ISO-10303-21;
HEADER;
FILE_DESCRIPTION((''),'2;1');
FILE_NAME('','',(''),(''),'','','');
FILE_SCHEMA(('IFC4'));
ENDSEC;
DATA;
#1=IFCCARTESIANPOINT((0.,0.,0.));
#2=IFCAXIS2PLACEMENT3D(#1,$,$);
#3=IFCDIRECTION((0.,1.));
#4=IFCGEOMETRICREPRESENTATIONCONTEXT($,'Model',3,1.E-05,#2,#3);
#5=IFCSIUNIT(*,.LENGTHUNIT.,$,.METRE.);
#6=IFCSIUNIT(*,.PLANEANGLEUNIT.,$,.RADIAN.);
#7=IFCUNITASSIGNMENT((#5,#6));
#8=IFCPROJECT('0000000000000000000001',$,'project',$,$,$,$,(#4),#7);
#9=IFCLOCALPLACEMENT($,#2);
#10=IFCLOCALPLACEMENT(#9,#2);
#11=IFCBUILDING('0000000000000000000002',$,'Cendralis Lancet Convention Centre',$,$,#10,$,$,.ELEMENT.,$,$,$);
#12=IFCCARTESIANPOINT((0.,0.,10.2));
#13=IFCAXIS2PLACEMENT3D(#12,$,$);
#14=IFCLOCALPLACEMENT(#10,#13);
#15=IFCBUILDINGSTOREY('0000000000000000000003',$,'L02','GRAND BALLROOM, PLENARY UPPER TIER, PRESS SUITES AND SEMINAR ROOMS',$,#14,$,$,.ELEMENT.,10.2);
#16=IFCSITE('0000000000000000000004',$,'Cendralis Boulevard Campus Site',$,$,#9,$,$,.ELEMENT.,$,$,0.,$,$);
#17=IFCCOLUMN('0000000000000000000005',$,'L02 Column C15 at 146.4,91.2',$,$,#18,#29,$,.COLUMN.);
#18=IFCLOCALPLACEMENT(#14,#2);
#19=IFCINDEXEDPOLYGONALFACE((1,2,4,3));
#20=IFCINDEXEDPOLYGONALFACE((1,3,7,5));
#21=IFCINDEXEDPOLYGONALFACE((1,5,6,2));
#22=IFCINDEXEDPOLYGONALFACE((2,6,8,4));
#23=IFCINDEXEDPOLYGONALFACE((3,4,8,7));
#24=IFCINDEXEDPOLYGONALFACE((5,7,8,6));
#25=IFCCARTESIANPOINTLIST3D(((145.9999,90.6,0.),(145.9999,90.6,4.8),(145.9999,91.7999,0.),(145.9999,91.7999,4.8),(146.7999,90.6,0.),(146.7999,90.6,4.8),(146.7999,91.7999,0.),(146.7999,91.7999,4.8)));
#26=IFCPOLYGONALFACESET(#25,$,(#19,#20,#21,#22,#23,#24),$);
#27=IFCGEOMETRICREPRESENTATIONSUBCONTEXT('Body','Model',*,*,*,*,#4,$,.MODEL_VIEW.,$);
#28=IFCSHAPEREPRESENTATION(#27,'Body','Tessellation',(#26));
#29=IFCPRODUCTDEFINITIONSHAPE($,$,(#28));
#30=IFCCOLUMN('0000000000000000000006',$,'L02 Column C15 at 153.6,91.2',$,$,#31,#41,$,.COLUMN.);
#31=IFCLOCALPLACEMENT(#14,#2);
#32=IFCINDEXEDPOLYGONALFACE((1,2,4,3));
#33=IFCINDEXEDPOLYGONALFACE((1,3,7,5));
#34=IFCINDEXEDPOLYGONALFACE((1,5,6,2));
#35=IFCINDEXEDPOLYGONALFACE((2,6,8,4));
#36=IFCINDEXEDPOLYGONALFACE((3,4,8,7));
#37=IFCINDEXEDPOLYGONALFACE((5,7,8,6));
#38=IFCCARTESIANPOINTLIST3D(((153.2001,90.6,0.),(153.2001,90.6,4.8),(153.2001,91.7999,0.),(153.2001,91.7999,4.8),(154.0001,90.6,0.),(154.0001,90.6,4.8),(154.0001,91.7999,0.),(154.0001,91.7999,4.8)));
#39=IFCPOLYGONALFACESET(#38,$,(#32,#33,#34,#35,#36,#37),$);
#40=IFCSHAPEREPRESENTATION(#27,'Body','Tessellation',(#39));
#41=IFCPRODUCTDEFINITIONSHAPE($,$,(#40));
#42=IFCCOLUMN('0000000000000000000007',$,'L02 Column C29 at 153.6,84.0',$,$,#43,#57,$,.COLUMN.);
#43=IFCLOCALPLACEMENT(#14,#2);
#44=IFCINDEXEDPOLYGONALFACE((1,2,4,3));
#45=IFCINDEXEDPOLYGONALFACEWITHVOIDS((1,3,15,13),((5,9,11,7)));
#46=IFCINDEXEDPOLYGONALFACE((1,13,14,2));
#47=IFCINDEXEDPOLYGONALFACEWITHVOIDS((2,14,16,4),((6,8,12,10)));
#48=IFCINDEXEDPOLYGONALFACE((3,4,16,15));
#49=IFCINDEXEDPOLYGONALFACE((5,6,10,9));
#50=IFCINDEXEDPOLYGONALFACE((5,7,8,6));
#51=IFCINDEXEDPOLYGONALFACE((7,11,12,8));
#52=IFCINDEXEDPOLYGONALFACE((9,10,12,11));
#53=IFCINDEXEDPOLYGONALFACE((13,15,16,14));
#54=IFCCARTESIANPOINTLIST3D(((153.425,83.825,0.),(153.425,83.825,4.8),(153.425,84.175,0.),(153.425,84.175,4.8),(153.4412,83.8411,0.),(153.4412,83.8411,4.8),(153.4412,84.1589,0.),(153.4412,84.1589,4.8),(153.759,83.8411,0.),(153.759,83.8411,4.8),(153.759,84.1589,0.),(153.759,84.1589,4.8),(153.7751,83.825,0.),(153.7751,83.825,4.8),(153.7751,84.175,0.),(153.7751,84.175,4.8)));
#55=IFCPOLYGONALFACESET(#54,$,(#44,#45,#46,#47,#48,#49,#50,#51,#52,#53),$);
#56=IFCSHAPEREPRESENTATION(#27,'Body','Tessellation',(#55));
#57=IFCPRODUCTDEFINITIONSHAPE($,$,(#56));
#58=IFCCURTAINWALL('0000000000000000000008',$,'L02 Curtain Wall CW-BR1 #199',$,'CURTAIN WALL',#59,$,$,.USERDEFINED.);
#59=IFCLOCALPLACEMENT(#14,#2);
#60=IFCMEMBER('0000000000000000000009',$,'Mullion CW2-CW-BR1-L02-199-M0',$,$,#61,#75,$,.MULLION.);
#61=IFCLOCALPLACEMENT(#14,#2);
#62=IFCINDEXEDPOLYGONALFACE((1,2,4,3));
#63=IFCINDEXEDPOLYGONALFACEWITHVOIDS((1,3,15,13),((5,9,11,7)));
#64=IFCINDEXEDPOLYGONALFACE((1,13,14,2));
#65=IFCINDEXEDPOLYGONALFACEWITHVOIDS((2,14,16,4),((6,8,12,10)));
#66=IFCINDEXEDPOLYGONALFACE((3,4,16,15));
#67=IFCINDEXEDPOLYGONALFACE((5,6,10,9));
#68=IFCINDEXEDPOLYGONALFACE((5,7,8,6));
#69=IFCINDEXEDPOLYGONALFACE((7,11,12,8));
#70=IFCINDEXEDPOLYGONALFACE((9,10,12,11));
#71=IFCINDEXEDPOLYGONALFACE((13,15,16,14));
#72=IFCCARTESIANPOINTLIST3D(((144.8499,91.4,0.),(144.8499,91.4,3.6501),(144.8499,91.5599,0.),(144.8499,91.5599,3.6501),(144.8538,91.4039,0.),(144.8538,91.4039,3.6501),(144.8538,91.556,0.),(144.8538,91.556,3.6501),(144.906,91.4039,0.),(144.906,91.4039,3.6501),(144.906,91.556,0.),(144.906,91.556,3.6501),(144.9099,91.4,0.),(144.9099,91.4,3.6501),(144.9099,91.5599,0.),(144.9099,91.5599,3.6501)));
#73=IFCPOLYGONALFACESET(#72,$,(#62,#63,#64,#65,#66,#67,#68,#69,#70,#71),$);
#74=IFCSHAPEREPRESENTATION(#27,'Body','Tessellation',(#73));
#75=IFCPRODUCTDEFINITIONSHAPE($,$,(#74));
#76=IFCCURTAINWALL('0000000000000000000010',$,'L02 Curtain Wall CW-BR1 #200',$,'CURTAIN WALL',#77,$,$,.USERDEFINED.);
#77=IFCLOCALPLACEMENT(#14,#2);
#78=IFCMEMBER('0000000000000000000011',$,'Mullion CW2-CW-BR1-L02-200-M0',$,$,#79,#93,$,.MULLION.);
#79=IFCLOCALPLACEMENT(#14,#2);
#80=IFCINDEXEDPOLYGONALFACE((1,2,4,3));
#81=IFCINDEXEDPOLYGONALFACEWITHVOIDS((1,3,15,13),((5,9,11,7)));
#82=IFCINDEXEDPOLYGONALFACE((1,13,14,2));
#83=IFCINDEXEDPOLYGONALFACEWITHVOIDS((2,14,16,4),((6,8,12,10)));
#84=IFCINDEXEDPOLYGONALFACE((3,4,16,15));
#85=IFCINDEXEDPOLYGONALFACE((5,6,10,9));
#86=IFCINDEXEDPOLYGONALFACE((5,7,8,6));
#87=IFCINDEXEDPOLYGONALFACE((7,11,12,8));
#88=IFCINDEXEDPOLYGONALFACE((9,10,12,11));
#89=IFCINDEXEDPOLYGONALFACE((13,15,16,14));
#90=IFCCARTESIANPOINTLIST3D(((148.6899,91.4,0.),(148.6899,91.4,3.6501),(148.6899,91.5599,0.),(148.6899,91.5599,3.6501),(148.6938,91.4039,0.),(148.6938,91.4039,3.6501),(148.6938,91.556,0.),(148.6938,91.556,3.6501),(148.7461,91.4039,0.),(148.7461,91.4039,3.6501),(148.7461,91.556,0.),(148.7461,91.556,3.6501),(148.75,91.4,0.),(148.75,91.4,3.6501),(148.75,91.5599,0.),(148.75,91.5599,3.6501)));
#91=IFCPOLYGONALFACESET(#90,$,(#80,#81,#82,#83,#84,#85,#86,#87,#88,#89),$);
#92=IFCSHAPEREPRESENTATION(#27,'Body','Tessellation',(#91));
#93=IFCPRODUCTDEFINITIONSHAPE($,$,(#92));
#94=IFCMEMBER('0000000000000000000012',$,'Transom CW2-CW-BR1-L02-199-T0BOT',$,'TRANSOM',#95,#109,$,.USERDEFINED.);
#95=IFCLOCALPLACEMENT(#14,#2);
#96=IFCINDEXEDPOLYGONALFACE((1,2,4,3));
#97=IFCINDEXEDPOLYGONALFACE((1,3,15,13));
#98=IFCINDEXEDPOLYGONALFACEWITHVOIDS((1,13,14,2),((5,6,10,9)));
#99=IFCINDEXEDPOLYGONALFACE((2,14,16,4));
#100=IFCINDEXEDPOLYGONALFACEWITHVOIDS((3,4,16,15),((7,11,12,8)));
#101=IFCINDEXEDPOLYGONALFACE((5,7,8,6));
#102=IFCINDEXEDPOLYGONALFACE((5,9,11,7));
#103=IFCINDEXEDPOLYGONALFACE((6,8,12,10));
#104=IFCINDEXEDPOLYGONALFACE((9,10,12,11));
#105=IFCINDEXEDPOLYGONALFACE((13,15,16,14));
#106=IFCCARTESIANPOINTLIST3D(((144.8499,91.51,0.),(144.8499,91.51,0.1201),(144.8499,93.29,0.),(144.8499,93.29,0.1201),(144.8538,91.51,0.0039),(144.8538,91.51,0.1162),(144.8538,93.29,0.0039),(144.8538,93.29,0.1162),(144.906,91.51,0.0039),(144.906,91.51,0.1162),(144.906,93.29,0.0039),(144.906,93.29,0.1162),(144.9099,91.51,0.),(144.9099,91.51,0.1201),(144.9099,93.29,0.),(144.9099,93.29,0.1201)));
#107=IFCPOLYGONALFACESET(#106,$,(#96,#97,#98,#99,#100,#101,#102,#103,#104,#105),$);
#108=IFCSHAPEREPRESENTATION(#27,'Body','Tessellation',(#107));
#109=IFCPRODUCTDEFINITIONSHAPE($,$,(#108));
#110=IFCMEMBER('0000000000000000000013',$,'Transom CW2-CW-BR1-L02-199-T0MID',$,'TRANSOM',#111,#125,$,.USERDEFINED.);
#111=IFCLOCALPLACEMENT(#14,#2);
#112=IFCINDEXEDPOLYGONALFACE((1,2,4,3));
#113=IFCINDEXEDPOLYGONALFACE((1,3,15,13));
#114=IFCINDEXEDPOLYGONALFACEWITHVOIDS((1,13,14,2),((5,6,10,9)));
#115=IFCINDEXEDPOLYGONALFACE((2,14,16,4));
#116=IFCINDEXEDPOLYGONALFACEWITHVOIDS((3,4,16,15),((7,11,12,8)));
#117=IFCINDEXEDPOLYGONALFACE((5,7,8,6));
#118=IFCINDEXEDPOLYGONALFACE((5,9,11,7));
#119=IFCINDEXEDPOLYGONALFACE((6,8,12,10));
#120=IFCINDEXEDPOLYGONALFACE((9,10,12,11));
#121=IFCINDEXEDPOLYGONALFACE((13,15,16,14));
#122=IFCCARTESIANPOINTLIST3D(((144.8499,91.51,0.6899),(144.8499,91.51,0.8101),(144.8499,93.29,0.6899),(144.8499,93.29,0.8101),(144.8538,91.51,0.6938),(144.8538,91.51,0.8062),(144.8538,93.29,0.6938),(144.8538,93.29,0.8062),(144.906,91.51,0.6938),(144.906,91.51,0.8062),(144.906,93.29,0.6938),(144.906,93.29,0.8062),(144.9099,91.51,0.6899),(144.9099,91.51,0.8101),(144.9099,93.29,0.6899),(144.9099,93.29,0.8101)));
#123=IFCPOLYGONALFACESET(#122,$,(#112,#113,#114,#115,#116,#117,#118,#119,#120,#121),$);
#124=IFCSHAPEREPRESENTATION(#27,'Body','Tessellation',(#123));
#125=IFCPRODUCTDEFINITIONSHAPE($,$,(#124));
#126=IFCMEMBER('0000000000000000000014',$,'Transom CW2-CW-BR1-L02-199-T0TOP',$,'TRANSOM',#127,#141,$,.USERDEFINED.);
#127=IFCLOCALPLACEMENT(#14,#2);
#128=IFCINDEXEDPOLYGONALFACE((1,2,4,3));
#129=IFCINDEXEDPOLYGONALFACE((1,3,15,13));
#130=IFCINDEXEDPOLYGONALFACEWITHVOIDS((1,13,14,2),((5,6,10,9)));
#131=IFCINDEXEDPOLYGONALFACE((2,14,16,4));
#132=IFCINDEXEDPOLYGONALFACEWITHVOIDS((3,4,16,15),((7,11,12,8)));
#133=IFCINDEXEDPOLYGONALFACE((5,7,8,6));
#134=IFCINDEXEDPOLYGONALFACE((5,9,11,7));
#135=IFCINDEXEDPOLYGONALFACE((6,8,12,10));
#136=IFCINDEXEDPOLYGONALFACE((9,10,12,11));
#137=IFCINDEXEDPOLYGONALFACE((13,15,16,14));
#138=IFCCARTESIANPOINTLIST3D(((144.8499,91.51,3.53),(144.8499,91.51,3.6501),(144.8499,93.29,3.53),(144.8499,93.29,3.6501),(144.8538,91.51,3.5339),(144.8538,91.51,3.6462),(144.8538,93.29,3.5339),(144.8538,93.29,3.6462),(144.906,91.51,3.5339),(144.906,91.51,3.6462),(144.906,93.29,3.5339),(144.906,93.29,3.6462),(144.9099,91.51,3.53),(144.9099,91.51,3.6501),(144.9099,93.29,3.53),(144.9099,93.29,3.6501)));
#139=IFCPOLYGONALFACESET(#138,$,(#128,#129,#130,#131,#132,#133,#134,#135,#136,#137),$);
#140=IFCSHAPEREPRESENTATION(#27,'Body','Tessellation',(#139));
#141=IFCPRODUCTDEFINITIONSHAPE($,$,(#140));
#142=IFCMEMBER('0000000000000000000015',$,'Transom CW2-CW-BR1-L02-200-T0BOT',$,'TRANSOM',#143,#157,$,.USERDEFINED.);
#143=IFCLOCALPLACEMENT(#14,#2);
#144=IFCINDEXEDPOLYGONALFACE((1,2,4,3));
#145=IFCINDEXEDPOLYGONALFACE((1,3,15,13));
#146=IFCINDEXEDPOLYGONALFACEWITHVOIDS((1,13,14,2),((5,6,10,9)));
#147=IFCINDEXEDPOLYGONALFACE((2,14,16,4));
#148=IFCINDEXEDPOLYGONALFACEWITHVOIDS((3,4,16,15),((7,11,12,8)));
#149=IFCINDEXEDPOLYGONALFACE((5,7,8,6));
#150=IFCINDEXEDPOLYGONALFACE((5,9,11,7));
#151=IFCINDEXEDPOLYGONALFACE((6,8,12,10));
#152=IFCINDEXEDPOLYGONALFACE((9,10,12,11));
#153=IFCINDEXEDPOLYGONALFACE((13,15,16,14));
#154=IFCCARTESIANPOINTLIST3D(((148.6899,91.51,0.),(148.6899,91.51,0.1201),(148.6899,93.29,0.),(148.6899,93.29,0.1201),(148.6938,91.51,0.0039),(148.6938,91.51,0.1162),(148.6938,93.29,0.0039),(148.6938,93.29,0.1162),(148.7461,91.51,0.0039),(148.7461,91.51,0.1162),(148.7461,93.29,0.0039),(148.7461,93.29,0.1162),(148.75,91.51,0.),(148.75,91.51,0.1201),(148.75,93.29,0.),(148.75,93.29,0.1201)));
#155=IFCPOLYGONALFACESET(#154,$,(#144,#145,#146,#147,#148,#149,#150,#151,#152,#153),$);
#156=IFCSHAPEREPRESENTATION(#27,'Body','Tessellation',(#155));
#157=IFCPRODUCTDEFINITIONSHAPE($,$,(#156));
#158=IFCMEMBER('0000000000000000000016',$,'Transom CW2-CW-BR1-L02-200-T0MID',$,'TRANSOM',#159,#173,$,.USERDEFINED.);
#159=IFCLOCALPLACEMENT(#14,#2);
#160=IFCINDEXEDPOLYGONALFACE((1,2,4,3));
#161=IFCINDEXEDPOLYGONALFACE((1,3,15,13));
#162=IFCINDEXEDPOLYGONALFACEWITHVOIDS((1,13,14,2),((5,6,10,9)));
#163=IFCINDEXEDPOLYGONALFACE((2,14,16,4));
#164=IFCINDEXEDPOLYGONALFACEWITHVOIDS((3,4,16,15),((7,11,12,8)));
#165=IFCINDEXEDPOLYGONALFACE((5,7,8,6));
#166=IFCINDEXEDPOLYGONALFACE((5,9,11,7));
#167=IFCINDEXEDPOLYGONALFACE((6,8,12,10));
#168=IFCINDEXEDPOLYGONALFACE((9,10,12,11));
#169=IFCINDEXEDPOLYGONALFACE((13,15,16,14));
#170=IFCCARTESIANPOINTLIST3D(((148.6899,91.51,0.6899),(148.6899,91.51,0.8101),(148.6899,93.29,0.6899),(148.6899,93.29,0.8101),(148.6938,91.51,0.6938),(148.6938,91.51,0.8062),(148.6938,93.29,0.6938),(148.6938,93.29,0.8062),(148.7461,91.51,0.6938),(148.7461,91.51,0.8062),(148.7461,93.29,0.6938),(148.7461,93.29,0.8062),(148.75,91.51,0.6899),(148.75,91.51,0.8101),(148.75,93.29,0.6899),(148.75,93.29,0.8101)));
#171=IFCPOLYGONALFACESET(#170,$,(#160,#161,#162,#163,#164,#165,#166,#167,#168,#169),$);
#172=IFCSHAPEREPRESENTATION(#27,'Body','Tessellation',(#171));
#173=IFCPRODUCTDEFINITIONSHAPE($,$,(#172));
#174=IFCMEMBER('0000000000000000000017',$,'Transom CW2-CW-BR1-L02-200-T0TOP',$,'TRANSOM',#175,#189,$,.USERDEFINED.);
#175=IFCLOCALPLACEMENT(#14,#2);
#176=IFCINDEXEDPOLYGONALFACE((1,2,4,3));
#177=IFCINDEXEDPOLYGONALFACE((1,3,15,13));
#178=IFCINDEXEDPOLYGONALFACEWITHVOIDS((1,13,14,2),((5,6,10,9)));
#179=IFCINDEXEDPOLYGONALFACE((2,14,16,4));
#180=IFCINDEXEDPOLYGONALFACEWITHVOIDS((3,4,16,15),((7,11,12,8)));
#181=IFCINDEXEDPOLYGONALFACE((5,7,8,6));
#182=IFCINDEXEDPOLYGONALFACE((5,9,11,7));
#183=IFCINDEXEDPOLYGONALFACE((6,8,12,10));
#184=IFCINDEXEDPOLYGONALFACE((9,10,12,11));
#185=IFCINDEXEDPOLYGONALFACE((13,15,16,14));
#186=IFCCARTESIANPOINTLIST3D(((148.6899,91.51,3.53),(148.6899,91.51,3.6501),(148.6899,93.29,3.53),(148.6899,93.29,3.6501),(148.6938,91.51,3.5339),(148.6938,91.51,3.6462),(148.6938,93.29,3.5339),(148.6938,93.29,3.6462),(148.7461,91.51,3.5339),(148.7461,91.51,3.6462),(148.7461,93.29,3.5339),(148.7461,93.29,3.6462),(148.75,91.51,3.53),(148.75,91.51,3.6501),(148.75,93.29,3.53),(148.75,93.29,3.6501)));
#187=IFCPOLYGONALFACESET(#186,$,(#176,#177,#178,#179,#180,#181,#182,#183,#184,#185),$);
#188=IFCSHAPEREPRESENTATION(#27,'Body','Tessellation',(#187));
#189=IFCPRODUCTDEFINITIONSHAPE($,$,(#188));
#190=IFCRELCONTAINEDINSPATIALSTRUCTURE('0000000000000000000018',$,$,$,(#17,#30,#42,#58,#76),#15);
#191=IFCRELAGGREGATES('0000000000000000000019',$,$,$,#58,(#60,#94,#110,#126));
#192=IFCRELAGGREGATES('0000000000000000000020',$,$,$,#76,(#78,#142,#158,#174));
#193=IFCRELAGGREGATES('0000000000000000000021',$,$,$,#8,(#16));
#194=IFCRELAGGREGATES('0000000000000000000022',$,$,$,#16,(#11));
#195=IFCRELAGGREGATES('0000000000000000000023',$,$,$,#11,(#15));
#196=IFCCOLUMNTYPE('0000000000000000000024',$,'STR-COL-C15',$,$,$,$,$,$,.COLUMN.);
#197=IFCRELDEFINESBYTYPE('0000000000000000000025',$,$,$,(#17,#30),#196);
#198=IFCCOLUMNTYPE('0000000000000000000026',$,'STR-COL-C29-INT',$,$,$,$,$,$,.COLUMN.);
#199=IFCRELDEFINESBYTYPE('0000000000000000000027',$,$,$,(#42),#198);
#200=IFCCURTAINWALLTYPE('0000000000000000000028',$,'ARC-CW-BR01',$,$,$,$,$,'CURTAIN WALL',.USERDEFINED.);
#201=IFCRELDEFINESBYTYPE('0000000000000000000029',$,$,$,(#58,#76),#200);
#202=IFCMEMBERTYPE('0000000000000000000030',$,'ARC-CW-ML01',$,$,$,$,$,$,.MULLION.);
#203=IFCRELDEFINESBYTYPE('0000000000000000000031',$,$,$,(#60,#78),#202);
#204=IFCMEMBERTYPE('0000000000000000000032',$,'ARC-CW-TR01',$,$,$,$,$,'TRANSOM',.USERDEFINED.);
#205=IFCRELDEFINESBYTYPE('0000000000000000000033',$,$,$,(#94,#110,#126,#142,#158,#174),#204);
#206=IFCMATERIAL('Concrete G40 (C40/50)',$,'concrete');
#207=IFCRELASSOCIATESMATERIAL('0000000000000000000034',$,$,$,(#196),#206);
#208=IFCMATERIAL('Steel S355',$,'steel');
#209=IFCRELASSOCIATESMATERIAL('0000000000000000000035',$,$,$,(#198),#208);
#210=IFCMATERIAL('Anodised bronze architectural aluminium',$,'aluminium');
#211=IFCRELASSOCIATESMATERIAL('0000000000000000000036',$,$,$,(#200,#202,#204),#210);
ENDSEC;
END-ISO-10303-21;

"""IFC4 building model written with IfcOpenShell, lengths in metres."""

from ifc_helpers import new_model, si_unit, direction, frame, origin, origin_2d, place, context, subcontext, project, spatial, rectangle, hollow_rectangle, extrude, material, material_profile, profile_set, type_object, element, aggregate, save


model = new_model("IFC4")

# Units and contexts
model_context = context("Model", 3, precision=1e-05, world=origin(), true_north=direction((0.0, 1.0)))
body_context = subcontext(model_context, "Body", "Model", "MODEL_VIEW")
ifc_project = project(units=[si_unit("LENGTHUNIT", "METRE"), si_unit("PLANEANGLEUNIT", "RADIAN")], contexts=[model_context])

# Site, building, storey
site_placement = place(None, origin())
site = spatial("IfcSite", under=ifc_project, at=site_placement, Name="Cendralis Boulevard Campus Site", CompositionType="ELEMENT", RefElevation=0.0)
building_placement = place(site_placement, origin())
building = spatial("IfcBuilding", under=site, at=building_placement, Name="Cendralis Lancet Convention Centre", CompositionType="ELEMENT")
storey_placement = place(building_placement, frame((0.0, 0.0, 10.2)))
storey = spatial("IfcBuildingStorey", under=building, at=storey_placement, Name="L02", Description="GRAND BALLROOM, PLENARY UPPER TIER, PRESS SUITES AND SEMINAR ROOMS", CompositionType="ELEMENT", Elevation=10.2)

# Columns
ifc_material_1 = material(Name="Concrete G40 (C40/50)", Category="concrete")
ifc_material_profile_1 = material_profile(ifc_material_1, rectangle(XDim=0.8, YDim=1.2, at=origin_2d()), Name="RC 800x1200")
ifc_profile_set_1 = profile_set([ifc_material_profile_1], Name="Concrete G40 (C40/50)")
column_type_1 = type_object("IfcColumnType", Name="STR-COL-C15", PredefinedType="COLUMN", material=ifc_profile_set_1)
for number, where, z_axis, x_axis, name in (
    (1, (146.3999, 91.2, 0.0), (0.0, 0.0, 1.0), (1.0, 0.0, 0.0), "L02 Column C15 at 146.4,91.2"),
    (2, (153.6001, 91.2, 0.0), (0.0, 0.0, 1.0), (1.0, 0.0, 0.0), "L02 Column C15 at 153.6,91.2"),
):
    element("IfcColumn", number, at=place(storey_placement, frame(where, z_axis=z_axis, x_axis=x_axis)), inside=storey, type_object=column_type_1, Name=name, PredefinedType="COLUMN", context=body_context, shape_type="SweptSolid", body=[
        extrude(rectangle(XDim=0.8, YDim=1.2, at=origin_2d()), origin(), (0.0, 0.0, 1.0), 4.8),
    ])
ifc_material_2 = material(Name="Steel S355", Category="steel")
ifc_material_profile_2 = material_profile(ifc_material_2, hollow_rectangle(XDim=0.3501, YDim=0.3501, WallThickness=0.0161, at=origin_2d()), Name="SHS 350x350x16.0")
ifc_profile_set_2 = profile_set([ifc_material_profile_2], Name="Steel S355")
column_type_2 = type_object("IfcColumnType", Name="STR-COL-C29-INT", PredefinedType="COLUMN", material=ifc_profile_set_2)
column_placement = place(storey_placement, frame((153.6001, 84.0, 0.0), z_axis=(0.0, 0.0, 1.0), x_axis=(1.0, 0.0, 0.0)))
element("IfcColumn", 3, at=column_placement, inside=storey, type_object=column_type_2, Name="L02 Column C29 at 153.6,84.0", PredefinedType="COLUMN", context=body_context, shape_type="SweptSolid", body=[
    extrude(hollow_rectangle(XDim=0.3501, YDim=0.3501, WallThickness=0.0161, at=origin_2d()), origin(), (0.0, 0.0, 1.0), 4.8),
])

# Curtain walls, members
ifc_material_3 = material(Name="Anodised bronze architectural aluminium", Category="aluminium")
curtain_wall_type = type_object("IfcCurtainWallType", Name="ARC-CW-BR01", ElementType="CURTAIN WALL", PredefinedType="USERDEFINED", material=ifc_material_3)
curtain_wall_1_placement = place(storey_placement, origin())
curtain_wall_1 = element("IfcCurtainWall", 4, at=curtain_wall_1_placement, inside=storey, type_object=curtain_wall_type, Name="L02 Curtain Wall CW-BR1 #199", ObjectType="CURTAIN WALL", PredefinedType="USERDEFINED")
ifc_material_profile_3 = material_profile(ifc_material_3, hollow_rectangle(XDim=0.0601, YDim=0.1599, WallThickness=0.0039, at=origin_2d()), Name="AL-MULL 60x160x4.0")
ifc_profile_set_3 = profile_set([ifc_material_profile_3], Name="Anodised bronze architectural aluminium")
member_type_1 = type_object("IfcMemberType", Name="ARC-CW-ML01", PredefinedType="MULLION", material=ifc_profile_set_3)
member_1_placement = place(storey_placement, frame((144.8799, 91.48, 0.0), z_axis=(0.0, 0.0, 1.0), x_axis=(1.0, 0.0, 0.0)))
member_1 = element("IfcMember", 5, at=member_1_placement, type_object=member_type_1, Name="Mullion CW2-CW-BR1-L02-199-M0", PredefinedType="MULLION", context=body_context, shape_type="SweptSolid", body=[
    extrude(hollow_rectangle(XDim=0.0601, YDim=0.1599, WallThickness=0.0039, at=origin_2d()), origin(), (0.0, 0.0, 1.0), 3.6501),
])
curtain_wall_2_placement = place(storey_placement, origin())
curtain_wall_2 = element("IfcCurtainWall", 6, at=curtain_wall_2_placement, inside=storey, type_object=curtain_wall_type, Name="L02 Curtain Wall CW-BR1 #200", ObjectType="CURTAIN WALL", PredefinedType="USERDEFINED")
member_2_placement = place(storey_placement, frame((148.72, 91.48, 0.0), z_axis=(0.0, 0.0, 1.0), x_axis=(1.0, 0.0, 0.0)))
member_2 = element("IfcMember", 7, at=member_2_placement, type_object=member_type_1, Name="Mullion CW2-CW-BR1-L02-200-M0", PredefinedType="MULLION", context=body_context, shape_type="SweptSolid", body=[
    extrude(hollow_rectangle(XDim=0.0601, YDim=0.1599, WallThickness=0.0039, at=origin_2d()), origin(), (0.0, 0.0, 1.0), 3.6501),
])

# Members
ifc_material_profile_4 = material_profile(ifc_material_3, hollow_rectangle(XDim=0.0601, YDim=0.1201, WallThickness=0.0039, at=origin_2d()), Name="AL-TRAN 60x120x4.0")
ifc_profile_set_4 = profile_set([ifc_material_profile_4], Name="Anodised bronze architectural aluminium")
member_type_2 = type_object("IfcMemberType", Name="ARC-CW-TR01", ElementType="TRANSOM", PredefinedType="USERDEFINED", material=ifc_profile_set_4)
member_3_placement = place(storey_placement, frame((144.8799, 91.51, 0.0601), z_axis=(0.0, 1.0, 0.0), x_axis=(-1.0, 0.0, 0.0)))
member_3 = element("IfcMember", 8, at=member_3_placement, type_object=member_type_2, Name="Transom CW2-CW-BR1-L02-199-T0BOT", ObjectType="TRANSOM", PredefinedType="USERDEFINED", context=body_context, shape_type="SweptSolid", body=[
    extrude(hollow_rectangle(XDim=0.0601, YDim=0.1201, WallThickness=0.0039, at=origin_2d()), origin(), (0.0, 0.0, 1.0), 1.78),
])
member_4_placement = place(storey_placement, frame((144.8799, 91.51, 0.75), z_axis=(0.0, 1.0, 0.0), x_axis=(-1.0, 0.0, 0.0)))
member_4 = element("IfcMember", 9, at=member_4_placement, type_object=member_type_2, Name="Transom CW2-CW-BR1-L02-199-T0MID", ObjectType="TRANSOM", PredefinedType="USERDEFINED", context=body_context, shape_type="SweptSolid", body=[
    extrude(hollow_rectangle(XDim=0.0601, YDim=0.1201, WallThickness=0.0039, at=origin_2d()), origin(), (0.0, 0.0, 1.0), 1.78),
])
member_5_placement = place(storey_placement, frame((144.8799, 91.51, 3.5901), z_axis=(0.0, 1.0, 0.0), x_axis=(-1.0, 0.0, 0.0)))
member_5 = element("IfcMember", 10, at=member_5_placement, type_object=member_type_2, Name="Transom CW2-CW-BR1-L02-199-T0TOP", ObjectType="TRANSOM", PredefinedType="USERDEFINED", context=body_context, shape_type="SweptSolid", body=[
    extrude(hollow_rectangle(XDim=0.0601, YDim=0.1201, WallThickness=0.0039, at=origin_2d()), origin(), (0.0, 0.0, 1.0), 1.78),
])
aggregate(curtain_wall_1, [member_1, member_3, member_4, member_5])
member_6_placement = place(storey_placement, frame((148.72, 91.51, 0.0601), z_axis=(0.0, 1.0, 0.0), x_axis=(-1.0, 0.0, 0.0)))
member_6 = element("IfcMember", 11, at=member_6_placement, type_object=member_type_2, Name="Transom CW2-CW-BR1-L02-200-T0BOT", ObjectType="TRANSOM", PredefinedType="USERDEFINED", context=body_context, shape_type="SweptSolid", body=[
    extrude(hollow_rectangle(XDim=0.0601, YDim=0.1201, WallThickness=0.0039, at=origin_2d()), origin(), (0.0, 0.0, 1.0), 1.78),
])
member_7_placement = place(storey_placement, frame((148.72, 91.51, 0.75), z_axis=(0.0, 1.0, 0.0), x_axis=(-1.0, 0.0, 0.0)))
member_7 = element("IfcMember", 12, at=member_7_placement, type_object=member_type_2, Name="Transom CW2-CW-BR1-L02-200-T0MID", ObjectType="TRANSOM", PredefinedType="USERDEFINED", context=body_context, shape_type="SweptSolid", body=[
    extrude(hollow_rectangle(XDim=0.0601, YDim=0.1201, WallThickness=0.0039, at=origin_2d()), origin(), (0.0, 0.0, 1.0), 1.78),
])
member_8_placement = place(storey_placement, frame((148.72, 91.51, 3.5901), z_axis=(0.0, 1.0, 0.0), x_axis=(-1.0, 0.0, 0.0)))
member_8 = element("IfcMember", 13, at=member_8_placement, type_object=member_type_2, Name="Transom CW2-CW-BR1-L02-200-T0TOP", ObjectType="TRANSOM", PredefinedType="USERDEFINED", context=body_context, shape_type="SweptSolid", body=[
    extrude(hollow_rectangle(XDim=0.0601, YDim=0.1201, WallThickness=0.0039, at=origin_2d()), origin(), (0.0, 0.0, 1.0), 1.78),
])
aggregate(curtain_wall_2, [member_2, member_6, member_7, member_8])

save(model, "model.ifc")
